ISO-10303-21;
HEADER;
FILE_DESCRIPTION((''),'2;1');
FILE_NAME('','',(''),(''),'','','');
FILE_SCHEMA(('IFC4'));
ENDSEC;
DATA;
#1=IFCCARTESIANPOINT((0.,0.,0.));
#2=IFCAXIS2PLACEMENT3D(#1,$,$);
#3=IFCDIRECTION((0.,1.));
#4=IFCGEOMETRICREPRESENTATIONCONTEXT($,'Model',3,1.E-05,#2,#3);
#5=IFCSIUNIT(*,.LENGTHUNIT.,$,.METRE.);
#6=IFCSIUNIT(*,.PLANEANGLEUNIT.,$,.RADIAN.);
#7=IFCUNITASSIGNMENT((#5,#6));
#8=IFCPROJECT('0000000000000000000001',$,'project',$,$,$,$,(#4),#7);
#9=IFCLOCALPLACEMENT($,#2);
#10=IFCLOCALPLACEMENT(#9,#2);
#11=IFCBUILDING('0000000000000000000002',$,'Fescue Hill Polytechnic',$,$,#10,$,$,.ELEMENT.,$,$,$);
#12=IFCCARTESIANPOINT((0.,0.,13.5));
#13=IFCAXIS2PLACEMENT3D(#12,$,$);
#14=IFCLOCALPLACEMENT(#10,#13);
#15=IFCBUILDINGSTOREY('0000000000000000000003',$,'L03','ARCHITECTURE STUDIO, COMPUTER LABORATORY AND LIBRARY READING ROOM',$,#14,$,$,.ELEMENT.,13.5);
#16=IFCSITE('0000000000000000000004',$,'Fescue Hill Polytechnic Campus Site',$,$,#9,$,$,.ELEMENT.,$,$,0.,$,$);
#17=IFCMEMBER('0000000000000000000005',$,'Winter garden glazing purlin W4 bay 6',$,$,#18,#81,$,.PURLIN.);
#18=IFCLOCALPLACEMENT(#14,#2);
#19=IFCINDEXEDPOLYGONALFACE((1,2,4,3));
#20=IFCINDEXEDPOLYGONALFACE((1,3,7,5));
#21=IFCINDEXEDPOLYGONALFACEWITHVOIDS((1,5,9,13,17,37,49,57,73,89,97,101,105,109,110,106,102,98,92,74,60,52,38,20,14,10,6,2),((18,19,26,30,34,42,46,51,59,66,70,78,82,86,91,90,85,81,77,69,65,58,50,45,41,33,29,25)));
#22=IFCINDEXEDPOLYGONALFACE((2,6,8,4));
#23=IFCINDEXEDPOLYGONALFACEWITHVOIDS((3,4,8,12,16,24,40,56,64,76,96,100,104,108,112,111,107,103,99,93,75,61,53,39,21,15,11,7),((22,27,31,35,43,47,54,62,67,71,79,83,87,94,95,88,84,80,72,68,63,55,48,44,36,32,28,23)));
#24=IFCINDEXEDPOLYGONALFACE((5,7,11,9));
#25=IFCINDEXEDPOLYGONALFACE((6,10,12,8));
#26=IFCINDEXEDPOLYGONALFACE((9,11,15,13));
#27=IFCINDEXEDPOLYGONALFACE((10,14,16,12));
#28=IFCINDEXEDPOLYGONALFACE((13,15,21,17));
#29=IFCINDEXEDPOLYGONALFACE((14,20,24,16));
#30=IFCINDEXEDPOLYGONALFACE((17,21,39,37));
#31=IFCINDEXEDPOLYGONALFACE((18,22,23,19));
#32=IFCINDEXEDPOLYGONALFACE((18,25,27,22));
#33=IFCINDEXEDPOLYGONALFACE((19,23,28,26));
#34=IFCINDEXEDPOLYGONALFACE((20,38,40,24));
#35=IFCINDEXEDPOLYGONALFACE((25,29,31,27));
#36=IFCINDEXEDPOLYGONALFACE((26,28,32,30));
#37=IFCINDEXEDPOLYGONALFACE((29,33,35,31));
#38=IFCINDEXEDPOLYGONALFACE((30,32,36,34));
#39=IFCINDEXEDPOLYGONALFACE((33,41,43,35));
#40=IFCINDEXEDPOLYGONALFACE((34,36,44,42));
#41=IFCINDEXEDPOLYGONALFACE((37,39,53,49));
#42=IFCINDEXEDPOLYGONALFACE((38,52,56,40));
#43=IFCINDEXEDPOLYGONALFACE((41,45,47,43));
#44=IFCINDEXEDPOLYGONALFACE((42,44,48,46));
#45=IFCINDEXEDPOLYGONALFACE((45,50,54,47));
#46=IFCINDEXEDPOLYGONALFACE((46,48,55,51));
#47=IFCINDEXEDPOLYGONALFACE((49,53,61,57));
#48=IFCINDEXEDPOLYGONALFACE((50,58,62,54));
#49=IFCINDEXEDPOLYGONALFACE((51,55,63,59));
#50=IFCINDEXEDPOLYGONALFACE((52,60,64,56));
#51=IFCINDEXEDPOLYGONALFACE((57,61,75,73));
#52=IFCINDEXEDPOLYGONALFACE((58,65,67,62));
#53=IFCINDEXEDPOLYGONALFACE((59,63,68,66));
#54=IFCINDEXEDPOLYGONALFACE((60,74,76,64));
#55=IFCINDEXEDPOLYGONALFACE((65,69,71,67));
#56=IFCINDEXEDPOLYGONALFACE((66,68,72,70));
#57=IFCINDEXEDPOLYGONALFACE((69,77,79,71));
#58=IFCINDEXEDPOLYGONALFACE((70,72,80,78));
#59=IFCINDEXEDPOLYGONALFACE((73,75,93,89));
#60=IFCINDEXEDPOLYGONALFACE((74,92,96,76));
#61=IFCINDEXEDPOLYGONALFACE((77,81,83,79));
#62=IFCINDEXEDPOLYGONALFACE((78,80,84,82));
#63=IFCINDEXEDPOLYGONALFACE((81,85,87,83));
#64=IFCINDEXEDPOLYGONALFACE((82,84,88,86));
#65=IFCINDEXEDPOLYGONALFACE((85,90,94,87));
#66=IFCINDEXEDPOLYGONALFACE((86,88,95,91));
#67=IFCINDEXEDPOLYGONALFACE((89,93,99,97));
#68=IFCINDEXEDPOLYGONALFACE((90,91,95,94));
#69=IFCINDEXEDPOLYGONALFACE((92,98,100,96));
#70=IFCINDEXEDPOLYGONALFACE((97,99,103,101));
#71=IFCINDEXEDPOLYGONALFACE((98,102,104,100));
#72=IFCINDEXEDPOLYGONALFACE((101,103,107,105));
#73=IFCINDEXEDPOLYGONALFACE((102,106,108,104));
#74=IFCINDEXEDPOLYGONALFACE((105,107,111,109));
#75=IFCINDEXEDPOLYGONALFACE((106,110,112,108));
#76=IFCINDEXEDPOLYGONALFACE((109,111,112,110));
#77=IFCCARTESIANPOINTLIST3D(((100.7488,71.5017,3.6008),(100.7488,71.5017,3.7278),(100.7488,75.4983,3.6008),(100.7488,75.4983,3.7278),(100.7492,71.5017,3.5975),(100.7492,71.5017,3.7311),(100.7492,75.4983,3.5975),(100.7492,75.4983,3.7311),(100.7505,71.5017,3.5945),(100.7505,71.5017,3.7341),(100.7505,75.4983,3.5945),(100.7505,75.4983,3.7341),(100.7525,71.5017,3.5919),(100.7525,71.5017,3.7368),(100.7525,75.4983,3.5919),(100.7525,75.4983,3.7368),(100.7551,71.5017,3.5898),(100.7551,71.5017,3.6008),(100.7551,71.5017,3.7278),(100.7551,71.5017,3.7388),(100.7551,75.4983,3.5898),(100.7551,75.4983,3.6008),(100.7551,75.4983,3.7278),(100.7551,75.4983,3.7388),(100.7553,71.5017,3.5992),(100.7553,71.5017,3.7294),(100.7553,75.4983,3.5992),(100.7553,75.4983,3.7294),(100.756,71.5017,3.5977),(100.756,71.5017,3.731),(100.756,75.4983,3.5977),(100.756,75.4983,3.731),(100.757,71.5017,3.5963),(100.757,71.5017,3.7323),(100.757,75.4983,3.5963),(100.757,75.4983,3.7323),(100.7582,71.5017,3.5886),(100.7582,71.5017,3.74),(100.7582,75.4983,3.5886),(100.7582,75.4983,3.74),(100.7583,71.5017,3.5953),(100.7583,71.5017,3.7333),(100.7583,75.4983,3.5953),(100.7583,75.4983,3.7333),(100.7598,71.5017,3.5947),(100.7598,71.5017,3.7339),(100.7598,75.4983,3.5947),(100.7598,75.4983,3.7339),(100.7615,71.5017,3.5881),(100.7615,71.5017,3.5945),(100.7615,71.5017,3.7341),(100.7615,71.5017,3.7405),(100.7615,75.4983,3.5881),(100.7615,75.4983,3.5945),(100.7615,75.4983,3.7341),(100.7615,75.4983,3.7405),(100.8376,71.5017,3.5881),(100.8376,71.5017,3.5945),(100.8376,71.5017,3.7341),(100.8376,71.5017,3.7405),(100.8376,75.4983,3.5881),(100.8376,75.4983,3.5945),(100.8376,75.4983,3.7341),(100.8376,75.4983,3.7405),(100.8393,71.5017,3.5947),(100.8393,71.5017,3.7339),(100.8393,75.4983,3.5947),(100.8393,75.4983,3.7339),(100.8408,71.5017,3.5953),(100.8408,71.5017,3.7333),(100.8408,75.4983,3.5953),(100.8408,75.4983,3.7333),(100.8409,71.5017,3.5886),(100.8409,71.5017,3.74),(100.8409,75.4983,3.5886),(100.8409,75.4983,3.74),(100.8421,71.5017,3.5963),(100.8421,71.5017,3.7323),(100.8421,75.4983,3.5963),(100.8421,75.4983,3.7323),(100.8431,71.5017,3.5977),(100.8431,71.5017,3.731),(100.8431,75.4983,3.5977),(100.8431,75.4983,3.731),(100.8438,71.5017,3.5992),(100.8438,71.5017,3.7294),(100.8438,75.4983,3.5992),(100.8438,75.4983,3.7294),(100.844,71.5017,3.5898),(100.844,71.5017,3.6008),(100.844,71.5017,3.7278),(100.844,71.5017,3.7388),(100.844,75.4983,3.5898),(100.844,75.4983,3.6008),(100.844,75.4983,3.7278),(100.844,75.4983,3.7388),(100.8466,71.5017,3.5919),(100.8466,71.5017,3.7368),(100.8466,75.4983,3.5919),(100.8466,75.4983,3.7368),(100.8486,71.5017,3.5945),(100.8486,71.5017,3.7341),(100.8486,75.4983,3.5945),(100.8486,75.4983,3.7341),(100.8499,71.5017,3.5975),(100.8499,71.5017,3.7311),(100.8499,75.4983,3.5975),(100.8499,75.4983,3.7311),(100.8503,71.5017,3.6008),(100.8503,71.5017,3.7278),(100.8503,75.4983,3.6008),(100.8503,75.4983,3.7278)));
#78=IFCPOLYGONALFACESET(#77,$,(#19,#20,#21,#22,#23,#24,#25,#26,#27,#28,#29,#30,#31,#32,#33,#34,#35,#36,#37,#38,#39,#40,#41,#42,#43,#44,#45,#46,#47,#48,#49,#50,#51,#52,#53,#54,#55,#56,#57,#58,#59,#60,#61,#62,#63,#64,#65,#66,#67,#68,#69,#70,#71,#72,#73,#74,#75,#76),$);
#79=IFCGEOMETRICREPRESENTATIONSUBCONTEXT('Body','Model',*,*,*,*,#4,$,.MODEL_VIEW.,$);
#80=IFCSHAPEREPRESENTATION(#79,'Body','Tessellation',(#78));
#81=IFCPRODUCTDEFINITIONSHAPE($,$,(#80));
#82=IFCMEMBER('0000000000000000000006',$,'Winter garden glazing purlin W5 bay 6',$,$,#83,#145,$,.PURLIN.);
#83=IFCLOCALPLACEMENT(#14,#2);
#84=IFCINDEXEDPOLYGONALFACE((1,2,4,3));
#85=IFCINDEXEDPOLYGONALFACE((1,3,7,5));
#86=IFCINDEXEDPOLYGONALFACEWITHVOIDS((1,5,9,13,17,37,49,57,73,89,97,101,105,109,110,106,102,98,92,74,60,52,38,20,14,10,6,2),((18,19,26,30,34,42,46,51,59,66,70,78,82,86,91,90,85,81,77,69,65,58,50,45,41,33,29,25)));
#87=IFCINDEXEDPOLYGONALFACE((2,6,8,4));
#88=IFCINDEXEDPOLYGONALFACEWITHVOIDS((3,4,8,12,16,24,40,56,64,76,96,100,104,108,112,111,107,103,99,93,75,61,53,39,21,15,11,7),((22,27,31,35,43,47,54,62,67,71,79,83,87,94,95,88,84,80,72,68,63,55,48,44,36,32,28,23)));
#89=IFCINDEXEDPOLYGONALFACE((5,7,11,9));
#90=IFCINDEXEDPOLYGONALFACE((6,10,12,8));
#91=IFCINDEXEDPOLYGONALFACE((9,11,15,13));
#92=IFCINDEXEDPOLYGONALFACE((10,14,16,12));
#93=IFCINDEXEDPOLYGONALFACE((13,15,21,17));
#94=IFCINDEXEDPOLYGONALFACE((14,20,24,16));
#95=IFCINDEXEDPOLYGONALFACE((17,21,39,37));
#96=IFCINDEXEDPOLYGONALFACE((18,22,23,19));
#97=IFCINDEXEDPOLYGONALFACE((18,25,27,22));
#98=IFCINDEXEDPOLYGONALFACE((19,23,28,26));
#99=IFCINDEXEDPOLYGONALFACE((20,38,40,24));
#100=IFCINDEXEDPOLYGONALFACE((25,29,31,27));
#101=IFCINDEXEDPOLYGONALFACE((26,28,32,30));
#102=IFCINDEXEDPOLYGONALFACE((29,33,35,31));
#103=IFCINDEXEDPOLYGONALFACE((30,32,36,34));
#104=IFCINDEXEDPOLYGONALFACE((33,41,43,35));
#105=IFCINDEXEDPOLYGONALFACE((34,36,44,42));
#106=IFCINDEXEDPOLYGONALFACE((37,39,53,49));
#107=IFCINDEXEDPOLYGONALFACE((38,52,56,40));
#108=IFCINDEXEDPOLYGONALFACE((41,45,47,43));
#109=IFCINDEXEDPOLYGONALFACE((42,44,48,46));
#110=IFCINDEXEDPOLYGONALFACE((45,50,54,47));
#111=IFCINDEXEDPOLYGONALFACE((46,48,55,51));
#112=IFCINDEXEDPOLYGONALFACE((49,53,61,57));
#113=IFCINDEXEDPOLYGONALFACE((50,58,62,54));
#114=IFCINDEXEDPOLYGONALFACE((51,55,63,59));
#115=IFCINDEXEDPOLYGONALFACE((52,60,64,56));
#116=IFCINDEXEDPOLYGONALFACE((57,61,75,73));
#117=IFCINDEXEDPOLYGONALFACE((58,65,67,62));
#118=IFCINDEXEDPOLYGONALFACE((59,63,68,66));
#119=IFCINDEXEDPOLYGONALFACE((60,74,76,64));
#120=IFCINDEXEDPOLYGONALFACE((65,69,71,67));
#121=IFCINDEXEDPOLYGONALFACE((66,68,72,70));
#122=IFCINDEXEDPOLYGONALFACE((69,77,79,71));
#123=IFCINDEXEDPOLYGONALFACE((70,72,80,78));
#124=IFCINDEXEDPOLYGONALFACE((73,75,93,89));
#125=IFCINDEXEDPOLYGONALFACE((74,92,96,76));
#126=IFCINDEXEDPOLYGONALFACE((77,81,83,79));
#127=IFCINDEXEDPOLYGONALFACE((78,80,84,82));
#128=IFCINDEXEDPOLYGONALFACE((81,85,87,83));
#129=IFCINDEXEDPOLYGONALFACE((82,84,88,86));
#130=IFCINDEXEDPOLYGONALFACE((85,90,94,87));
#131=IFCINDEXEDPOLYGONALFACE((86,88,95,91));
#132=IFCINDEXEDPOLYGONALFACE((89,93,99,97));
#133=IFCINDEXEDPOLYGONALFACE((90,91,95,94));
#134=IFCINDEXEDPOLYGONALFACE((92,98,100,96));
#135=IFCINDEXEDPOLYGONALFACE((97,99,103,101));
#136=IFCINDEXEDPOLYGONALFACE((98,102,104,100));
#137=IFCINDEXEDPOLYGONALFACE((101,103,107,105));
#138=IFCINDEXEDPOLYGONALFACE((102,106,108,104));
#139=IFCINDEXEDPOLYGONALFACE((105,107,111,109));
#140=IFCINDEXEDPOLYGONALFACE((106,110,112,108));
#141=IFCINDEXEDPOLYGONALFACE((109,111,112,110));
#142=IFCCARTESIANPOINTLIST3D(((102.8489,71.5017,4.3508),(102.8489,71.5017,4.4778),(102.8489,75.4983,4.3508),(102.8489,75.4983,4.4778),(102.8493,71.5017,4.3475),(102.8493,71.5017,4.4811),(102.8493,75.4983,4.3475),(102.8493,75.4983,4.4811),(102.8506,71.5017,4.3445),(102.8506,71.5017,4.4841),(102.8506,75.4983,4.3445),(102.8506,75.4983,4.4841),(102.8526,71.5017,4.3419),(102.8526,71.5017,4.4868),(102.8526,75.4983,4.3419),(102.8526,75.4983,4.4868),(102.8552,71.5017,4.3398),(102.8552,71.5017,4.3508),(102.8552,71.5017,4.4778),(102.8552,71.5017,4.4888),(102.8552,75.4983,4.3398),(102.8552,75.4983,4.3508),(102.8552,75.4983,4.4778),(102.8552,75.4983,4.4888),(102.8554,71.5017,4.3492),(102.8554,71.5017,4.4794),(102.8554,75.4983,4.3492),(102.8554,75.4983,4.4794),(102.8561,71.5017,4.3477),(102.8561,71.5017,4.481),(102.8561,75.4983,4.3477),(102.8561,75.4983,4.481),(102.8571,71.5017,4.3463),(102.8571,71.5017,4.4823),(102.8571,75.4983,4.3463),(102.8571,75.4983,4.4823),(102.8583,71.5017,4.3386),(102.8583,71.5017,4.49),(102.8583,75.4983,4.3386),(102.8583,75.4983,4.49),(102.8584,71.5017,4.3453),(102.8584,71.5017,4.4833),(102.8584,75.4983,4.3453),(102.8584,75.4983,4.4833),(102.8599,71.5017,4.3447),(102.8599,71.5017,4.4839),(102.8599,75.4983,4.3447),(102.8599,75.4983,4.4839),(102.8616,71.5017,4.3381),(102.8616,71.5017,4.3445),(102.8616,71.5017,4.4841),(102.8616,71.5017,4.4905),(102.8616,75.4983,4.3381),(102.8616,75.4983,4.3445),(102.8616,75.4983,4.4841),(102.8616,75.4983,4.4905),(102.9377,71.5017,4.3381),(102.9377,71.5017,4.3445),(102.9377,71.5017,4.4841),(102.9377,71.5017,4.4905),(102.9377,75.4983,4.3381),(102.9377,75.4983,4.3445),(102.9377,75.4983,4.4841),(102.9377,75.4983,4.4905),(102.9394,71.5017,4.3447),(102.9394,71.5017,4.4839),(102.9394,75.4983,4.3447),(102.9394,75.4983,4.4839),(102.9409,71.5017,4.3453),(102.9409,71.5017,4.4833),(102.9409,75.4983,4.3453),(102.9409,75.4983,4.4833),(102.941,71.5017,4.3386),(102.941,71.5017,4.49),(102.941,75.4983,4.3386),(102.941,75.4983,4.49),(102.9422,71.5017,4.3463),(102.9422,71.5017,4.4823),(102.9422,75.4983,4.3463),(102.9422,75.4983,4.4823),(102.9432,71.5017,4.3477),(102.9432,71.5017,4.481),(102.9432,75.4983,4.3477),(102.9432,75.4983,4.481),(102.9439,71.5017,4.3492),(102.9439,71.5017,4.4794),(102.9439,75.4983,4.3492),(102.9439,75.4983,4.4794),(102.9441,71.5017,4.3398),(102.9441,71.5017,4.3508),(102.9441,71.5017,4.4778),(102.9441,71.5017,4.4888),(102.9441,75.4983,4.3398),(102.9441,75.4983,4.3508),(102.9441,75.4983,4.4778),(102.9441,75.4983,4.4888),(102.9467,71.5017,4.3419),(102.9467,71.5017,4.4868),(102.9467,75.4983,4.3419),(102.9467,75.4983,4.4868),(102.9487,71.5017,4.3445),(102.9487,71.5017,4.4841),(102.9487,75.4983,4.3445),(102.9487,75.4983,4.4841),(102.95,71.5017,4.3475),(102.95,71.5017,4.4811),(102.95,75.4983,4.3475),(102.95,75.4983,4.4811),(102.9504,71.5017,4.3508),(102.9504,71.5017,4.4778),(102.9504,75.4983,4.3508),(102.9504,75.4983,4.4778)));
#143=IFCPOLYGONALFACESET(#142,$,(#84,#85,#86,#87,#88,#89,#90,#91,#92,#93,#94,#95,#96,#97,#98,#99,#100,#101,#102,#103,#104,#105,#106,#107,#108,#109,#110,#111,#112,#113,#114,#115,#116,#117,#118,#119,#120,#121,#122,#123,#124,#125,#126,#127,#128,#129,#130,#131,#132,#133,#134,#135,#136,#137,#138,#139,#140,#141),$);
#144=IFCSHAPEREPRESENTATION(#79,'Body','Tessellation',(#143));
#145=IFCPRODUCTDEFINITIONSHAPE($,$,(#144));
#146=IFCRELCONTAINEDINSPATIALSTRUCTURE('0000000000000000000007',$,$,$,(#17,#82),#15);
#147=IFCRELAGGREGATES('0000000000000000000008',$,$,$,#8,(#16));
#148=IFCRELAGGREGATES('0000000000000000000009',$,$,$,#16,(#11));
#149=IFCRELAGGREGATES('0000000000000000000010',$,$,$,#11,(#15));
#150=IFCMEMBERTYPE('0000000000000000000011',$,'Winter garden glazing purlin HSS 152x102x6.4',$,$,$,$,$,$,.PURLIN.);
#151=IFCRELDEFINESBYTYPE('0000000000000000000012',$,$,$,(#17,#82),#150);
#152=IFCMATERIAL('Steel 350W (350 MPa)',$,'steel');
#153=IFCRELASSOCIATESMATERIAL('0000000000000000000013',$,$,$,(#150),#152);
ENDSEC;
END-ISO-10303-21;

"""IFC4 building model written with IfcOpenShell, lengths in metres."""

from ifc_helpers import new_model, si_unit, direction, frame, origin, origin_2d, place, context, subcontext, project, spatial, hollow_rectangle, extrude, material, material_profile, profile_set, type_object, element, save


model = new_model("IFC4")

# Units and contexts
model_context = context("Model", 3, precision=1e-05, world=origin(), true_north=direction((0.0, 1.0)))
body_context = subcontext(model_context, "Body", "Model", "MODEL_VIEW")
ifc_project = project(units=[si_unit("LENGTHUNIT", "METRE"), si_unit("PLANEANGLEUNIT", "RADIAN")], contexts=[model_context])

# Site, building, storey
site_placement = place(None, origin())
site = spatial("IfcSite", under=ifc_project, at=site_placement, Name="Fescue Hill Polytechnic Campus Site", CompositionType="ELEMENT", RefElevation=0.0)
building_placement = place(site_placement, origin())
building = spatial("IfcBuilding", under=site, at=building_placement, Name="Fescue Hill Polytechnic", CompositionType="ELEMENT")
storey_placement = place(building_placement, frame((0.0, 0.0, 13.5)))
storey = spatial("IfcBuildingStorey", under=building, at=storey_placement, Name="L03", Description="ARCHITECTURE STUDIO, COMPUTER LABORATORY AND LIBRARY READING ROOM", CompositionType="ELEMENT", Elevation=13.5)

# Members
ifc_material_1 = material(Name="Steel 350W (350 MPa)", Category="steel")
ifc_material_profile_1 = material_profile(ifc_material_1, hollow_rectangle(XDim=0.1016, YDim=0.1523, WallThickness=0.0063, InnerFilletRadius=0.0063, OuterFilletRadius=0.0127, at=origin_2d()), Name="Winter garden glazing purlin HSS 152x102x6.4")
ifc_profile_set_1 = profile_set([ifc_material_profile_1], Name="Steel 350W (350 MPa)")
member_type_1 = type_object("IfcMemberType", Name="Winter garden glazing purlin HSS 152x102x6.4", PredefinedType="PURLIN", material=ifc_profile_set_1)
for number, where, z_axis, x_axis, name in (
    (1, (100.7996, 71.5017, 3.6643), (0.0, 1.0, 0.0), (-1.0, 0.0, 0.0), "Winter garden glazing purlin W4 bay 6"),
    (2, (102.8997, 71.5017, 4.4143), (0.0, 1.0, 0.0), (-1.0, 0.0, 0.0), "Winter garden glazing purlin W5 bay 6"),
):
    element("IfcMember", number, at=place(storey_placement, frame(where, z_axis=z_axis, x_axis=x_axis)), inside=storey, type_object=member_type_1, Name=name, PredefinedType="PURLIN", context=body_context, shape_type="SweptSolid", body=[
        extrude(hollow_rectangle(XDim=0.1016, YDim=0.1523, WallThickness=0.0063, InnerFilletRadius=0.0063, OuterFilletRadius=0.0127, at=origin_2d()), origin(), (0.0, 0.0, 1.0), 3.9966),
    ])

save(model, "model.ifc")
